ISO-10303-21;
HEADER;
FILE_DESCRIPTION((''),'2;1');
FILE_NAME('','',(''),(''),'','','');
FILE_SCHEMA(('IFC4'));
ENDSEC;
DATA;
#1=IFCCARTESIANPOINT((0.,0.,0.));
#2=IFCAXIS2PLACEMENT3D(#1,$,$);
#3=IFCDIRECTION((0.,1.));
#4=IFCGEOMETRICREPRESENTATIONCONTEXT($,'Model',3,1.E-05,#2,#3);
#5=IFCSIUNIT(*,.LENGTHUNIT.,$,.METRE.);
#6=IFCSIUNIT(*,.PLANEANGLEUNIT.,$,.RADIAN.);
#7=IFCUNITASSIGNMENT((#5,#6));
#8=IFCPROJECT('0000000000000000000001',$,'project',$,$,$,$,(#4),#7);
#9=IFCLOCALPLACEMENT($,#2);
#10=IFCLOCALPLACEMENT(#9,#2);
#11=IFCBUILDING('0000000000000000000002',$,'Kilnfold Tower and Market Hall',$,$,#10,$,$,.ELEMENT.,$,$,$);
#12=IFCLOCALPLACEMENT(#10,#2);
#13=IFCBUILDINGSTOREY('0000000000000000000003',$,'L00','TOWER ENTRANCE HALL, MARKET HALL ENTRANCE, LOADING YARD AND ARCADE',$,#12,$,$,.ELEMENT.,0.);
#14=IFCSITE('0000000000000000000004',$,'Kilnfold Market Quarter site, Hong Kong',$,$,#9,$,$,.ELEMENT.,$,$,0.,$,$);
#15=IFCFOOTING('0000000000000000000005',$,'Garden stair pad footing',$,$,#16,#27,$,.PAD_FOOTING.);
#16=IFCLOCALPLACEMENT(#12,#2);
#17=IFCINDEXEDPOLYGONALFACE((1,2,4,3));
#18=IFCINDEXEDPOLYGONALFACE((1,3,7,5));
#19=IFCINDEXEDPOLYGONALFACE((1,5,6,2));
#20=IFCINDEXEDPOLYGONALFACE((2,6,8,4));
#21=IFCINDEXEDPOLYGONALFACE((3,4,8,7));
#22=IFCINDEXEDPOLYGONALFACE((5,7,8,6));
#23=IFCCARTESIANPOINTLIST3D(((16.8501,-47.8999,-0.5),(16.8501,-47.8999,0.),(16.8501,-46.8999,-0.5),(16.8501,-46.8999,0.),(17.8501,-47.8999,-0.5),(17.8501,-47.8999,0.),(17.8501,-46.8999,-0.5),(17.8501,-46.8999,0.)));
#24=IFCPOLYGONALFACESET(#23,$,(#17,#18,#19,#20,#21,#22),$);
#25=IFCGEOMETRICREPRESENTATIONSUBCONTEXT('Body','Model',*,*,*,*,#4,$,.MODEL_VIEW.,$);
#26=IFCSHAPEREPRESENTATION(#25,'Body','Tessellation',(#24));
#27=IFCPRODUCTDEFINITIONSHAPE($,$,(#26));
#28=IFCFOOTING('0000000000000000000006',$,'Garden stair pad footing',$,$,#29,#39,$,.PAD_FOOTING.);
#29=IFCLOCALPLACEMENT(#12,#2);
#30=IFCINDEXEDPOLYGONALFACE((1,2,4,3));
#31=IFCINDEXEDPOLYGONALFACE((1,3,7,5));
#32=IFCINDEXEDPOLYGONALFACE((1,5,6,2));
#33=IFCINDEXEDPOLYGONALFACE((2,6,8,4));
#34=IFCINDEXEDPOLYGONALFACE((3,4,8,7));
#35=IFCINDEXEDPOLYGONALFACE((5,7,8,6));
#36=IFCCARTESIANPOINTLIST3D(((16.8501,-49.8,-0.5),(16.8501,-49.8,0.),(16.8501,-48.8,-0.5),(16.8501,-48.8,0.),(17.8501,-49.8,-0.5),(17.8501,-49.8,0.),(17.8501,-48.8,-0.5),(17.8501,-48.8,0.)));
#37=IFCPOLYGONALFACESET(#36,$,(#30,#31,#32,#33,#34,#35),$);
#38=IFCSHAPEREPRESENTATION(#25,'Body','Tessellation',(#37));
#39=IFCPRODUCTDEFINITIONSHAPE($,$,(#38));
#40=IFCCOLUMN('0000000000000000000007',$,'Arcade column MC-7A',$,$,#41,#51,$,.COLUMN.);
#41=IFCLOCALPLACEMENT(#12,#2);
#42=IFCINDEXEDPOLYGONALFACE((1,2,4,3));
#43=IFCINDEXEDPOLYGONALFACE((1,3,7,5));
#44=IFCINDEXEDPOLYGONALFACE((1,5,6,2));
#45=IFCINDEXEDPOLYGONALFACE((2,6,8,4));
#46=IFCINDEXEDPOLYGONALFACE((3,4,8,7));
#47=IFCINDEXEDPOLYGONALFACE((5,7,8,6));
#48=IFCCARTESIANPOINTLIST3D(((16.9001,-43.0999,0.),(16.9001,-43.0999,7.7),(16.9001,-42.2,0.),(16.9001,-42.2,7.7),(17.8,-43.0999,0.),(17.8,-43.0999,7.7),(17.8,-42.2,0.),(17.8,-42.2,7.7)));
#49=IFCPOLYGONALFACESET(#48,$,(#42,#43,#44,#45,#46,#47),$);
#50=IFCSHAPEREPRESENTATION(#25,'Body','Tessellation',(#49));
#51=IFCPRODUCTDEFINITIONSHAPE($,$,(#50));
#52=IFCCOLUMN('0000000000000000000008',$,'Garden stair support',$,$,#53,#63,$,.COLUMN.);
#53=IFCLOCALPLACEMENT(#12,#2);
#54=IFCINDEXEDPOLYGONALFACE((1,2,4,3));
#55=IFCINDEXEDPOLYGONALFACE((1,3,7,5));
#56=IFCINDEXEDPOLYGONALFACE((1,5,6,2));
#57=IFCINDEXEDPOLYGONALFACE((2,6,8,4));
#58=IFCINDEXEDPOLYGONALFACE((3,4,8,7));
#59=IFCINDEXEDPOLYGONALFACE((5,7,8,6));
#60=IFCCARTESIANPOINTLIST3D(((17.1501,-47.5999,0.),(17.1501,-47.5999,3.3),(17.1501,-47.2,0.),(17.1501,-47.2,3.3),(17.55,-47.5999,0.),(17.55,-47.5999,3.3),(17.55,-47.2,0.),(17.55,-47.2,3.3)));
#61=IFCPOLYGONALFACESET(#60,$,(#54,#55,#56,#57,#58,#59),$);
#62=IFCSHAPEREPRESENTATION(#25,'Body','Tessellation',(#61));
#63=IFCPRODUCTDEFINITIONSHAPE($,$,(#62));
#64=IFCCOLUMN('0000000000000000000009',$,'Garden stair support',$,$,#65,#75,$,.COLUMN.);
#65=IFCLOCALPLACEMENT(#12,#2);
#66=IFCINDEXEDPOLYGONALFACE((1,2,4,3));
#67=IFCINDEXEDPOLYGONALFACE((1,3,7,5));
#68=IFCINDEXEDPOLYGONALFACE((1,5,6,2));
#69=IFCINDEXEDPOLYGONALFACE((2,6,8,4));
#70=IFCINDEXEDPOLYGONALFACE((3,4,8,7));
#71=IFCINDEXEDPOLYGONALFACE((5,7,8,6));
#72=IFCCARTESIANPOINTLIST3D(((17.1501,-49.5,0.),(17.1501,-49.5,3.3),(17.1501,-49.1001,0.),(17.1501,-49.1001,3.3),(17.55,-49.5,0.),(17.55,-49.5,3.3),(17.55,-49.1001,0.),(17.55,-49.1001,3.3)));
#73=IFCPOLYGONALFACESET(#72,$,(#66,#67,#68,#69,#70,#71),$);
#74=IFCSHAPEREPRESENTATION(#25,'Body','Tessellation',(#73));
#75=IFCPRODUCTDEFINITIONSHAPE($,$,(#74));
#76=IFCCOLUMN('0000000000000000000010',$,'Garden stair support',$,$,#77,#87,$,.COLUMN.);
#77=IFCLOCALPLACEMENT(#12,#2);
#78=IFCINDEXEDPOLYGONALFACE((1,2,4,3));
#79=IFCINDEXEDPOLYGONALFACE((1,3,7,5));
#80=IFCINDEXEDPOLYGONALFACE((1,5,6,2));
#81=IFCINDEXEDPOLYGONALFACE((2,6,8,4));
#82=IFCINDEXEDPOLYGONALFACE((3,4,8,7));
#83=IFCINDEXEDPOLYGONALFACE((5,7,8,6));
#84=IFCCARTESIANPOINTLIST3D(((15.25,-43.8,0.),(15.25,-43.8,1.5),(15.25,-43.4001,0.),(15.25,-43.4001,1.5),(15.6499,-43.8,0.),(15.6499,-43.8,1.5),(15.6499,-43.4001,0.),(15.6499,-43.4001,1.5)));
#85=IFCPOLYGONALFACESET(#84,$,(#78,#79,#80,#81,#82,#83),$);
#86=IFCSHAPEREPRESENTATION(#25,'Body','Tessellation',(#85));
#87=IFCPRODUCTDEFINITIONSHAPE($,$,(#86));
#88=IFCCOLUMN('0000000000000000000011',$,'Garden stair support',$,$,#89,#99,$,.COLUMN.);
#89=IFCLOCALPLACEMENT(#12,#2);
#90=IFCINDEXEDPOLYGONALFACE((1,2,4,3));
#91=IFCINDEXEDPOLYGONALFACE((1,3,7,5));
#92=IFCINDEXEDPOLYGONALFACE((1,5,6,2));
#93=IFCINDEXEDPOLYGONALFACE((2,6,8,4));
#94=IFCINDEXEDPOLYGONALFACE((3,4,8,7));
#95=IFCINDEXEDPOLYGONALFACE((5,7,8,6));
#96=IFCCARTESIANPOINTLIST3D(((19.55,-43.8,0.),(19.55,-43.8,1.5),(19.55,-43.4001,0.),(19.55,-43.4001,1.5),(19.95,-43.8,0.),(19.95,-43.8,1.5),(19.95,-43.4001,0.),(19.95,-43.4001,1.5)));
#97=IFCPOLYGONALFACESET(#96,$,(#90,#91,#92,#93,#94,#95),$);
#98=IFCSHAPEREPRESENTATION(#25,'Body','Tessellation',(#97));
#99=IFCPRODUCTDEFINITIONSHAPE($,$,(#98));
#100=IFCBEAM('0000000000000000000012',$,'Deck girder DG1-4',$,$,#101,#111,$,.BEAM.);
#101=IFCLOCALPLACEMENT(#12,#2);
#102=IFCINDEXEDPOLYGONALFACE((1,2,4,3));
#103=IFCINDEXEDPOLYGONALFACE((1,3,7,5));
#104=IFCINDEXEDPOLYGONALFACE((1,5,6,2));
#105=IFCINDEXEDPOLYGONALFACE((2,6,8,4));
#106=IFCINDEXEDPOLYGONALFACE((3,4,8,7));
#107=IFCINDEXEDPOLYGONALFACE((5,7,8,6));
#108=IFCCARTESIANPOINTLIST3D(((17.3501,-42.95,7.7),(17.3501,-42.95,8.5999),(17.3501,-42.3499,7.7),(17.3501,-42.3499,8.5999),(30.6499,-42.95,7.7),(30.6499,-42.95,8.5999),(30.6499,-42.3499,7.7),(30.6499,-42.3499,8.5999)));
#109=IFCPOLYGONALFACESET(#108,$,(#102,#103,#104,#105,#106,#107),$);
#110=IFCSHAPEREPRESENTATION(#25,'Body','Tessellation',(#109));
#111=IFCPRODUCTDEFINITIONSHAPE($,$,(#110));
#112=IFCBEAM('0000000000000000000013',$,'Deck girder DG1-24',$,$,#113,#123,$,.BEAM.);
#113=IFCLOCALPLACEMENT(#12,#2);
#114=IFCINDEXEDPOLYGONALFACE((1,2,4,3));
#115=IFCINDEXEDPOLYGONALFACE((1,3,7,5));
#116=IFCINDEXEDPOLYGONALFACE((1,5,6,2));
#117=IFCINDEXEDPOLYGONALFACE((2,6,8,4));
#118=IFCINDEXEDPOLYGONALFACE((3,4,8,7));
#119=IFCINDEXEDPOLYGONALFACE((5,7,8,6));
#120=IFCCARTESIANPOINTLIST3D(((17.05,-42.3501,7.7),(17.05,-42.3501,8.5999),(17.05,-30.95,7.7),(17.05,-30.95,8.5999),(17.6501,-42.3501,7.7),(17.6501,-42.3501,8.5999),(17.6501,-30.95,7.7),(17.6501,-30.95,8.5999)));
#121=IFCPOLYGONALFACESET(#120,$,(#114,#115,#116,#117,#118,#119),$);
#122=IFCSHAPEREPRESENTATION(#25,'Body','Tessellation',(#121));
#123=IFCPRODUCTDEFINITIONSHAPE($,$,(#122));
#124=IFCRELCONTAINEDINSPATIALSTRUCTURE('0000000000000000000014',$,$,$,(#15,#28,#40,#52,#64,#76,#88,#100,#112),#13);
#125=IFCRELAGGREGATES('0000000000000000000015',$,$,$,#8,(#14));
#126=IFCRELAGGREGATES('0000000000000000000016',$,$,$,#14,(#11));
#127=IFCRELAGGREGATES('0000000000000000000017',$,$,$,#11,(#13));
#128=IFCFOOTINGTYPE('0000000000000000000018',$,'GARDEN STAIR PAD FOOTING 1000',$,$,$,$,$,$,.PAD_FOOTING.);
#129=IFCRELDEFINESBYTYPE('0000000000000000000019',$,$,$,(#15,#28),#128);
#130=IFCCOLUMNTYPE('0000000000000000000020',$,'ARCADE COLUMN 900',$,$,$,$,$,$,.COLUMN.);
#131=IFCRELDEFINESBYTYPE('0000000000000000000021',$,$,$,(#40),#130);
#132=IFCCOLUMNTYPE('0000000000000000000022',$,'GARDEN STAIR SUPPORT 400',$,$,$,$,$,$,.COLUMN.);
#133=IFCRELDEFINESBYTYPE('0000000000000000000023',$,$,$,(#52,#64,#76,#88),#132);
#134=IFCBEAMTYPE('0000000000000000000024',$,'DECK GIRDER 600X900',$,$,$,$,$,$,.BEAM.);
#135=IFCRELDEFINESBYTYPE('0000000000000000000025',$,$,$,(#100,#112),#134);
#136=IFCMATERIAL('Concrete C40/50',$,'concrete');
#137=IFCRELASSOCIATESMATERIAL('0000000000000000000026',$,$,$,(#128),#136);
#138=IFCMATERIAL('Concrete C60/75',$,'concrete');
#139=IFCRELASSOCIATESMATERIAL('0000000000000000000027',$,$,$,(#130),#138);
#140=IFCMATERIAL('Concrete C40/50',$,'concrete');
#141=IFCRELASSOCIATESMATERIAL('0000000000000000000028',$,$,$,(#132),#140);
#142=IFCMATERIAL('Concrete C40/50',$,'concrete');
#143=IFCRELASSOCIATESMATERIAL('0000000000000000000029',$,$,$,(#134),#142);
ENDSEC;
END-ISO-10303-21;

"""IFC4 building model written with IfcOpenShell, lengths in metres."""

from ifc_helpers import new_model, si_unit, direction, frame, origin, origin_2d, place, context, subcontext, project, spatial, rectangle, extrude, source, transform, mapped, material, material_profile, profile_set, type_object, element, save


model = new_model("IFC4")

# Units and contexts
model_context = context("Model", 3, precision=1e-05, world=origin(), true_north=direction((0.0, 1.0)))
body_context = subcontext(model_context, "Body", "Model", "MODEL_VIEW")
ifc_project = project(units=[si_unit("LENGTHUNIT", "METRE"), si_unit("PLANEANGLEUNIT", "RADIAN")], contexts=[model_context])

# Site, building, storey
site_placement = place(None, origin())
site = spatial("IfcSite", under=ifc_project, at=site_placement, Name="Kilnfold Market Quarter site, Hong Kong", CompositionType="ELEMENT", RefElevation=0.0)
building_placement = place(site_placement, origin())
building = spatial("IfcBuilding", under=site, at=building_placement, Name="Kilnfold Tower and Market Hall", CompositionType="ELEMENT")
storey_placement = place(building_placement, origin())
storey = spatial("IfcBuildingStorey", under=building, at=storey_placement, Name="L00", Description="TOWER ENTRANCE HALL, MARKET HALL ENTRANCE, LOADING YARD AND ARCADE", CompositionType="ELEMENT", Elevation=0.0)

# Footings
ifc_material_1 = material(Name="Concrete C40/50", Category="concrete")
footing_type = type_object("IfcFootingType", Name="GARDEN STAIR PAD FOOTING 1000", PredefinedType="PAD_FOOTING", material=ifc_material_1)
shared_shape_1 = source(origin(), body_context, "Body", "SweptSolid", [
    extrude(rectangle(XDim=1.0, YDim=1.0, at=origin_2d()), origin(), (0.0, 0.0, 1.0), 0.5),
])
for number, where, z_axis, x_axis, name in (
    (1, (17.3501, -47.3999, -0.5), (0.0, 0.0, 1.0), (1.0, 0.0, 0.0), "Garden stair pad footing"),
    (2, (17.3501, -49.3, -0.5), (0.0, 0.0, 1.0), (1.0, 0.0, 0.0), "Garden stair pad footing"),
):
    element("IfcFooting", number, at=place(storey_placement, frame(where, z_axis=z_axis, x_axis=x_axis)), inside=storey, type_object=footing_type, Name=name, PredefinedType="PAD_FOOTING", context=body_context, shape_type="MappedRepresentation", body=[
        mapped(shared_shape_1, transform((0.0, 0.0, 0.0))),
    ])

# Columns
ifc_material_2 = material(Name="Concrete C60/75", Category="concrete")
ifc_material_profile_1 = material_profile(ifc_material_2, rectangle(XDim=0.8999, YDim=0.8999, at=origin_2d()), Name="RC 900x900")
ifc_profile_set_1 = profile_set([ifc_material_profile_1], Name="Concrete C60/75")
column_type_1 = type_object("IfcColumnType", Name="ARCADE COLUMN 900", PredefinedType="COLUMN", material=ifc_profile_set_1)
shared_shape_2 = source(origin(), body_context, "Body", "SweptSolid", [
    extrude(rectangle(XDim=0.8999, YDim=0.8999, at=origin_2d()), origin(), (0.0, 0.0, 1.0), 7.7),
])
column_placement = place(storey_placement, frame((17.3501, -42.6499, 0.0), z_axis=(0.0, 0.0, 1.0), x_axis=(1.0, 0.0, 0.0)))
element("IfcColumn", 3, at=column_placement, inside=storey, type_object=column_type_1, Name="Arcade column MC-7A", PredefinedType="COLUMN", context=body_context, shape_type="MappedRepresentation", body=[
    mapped(shared_shape_2, transform((0.0, 0.0, 0.0))),
])
ifc_material_3 = material(Name="Concrete C40/50", Category="concrete")
ifc_material_profile_2 = material_profile(ifc_material_3, rectangle(XDim=0.3999, YDim=0.3999, at=origin_2d()), Name="RC 400x400")
ifc_profile_set_2 = profile_set([ifc_material_profile_2], Name="Concrete C40/50")
column_type_2 = type_object("IfcColumnType", Name="GARDEN STAIR SUPPORT 400", PredefinedType="COLUMN", material=ifc_profile_set_2)
shared_shape_3 = source(origin(), body_context, "Body", "SweptSolid", [
    extrude(rectangle(XDim=0.3999, YDim=0.3999, at=origin_2d()), origin(), (0.0, 0.0, 1.0), 3.3),
])
for number, where, z_axis, x_axis, name in (
    (4, (17.3501, -47.3999, 0.0), (0.0, 0.0, 1.0), (1.0, 0.0, 0.0), "Garden stair support"),
    (5, (17.3501, -49.3, 0.0), (0.0, 0.0, 1.0), (1.0, 0.0, 0.0), "Garden stair support"),
):
    element("IfcColumn", number, at=place(storey_placement, frame(where, z_axis=z_axis, x_axis=x_axis)), inside=storey, type_object=column_type_2, Name=name, PredefinedType="COLUMN", context=body_context, shape_type="MappedRepresentation", body=[
        mapped(shared_shape_3, transform((0.0, 0.0, 0.0))),
    ])
shared_shape_4 = source(origin(), body_context, "Body", "SweptSolid", [
    extrude(rectangle(XDim=0.3999, YDim=0.3999, at=origin_2d()), origin(), (0.0, 0.0, 1.0), 1.5),
])
for number, where, z_axis, x_axis, name in (
    (6, (15.45, -43.6001, 0.0), (0.0, 0.0, 1.0), (1.0, 0.0, 0.0), "Garden stair support"),
    (7, (19.75, -43.6001, 0.0), (0.0, 0.0, 1.0), (1.0, 0.0, 0.0), "Garden stair support"),
):
    element("IfcColumn", number, at=place(storey_placement, frame(where, z_axis=z_axis, x_axis=x_axis)), inside=storey, type_object=column_type_2, Name=name, PredefinedType="COLUMN", context=body_context, shape_type="MappedRepresentation", body=[
        mapped(shared_shape_4, transform((0.0, 0.0, 0.0))),
    ])

# Beams
ifc_material_4 = material(Name="Concrete C40/50", Category="concrete")
ifc_material_profile_3 = material_profile(ifc_material_4, rectangle(XDim=0.6001, YDim=0.8999, at=origin_2d()), Name="RC 600x900")
ifc_profile_set_3 = profile_set([ifc_material_profile_3], Name="Concrete C40/50")
beam_type = type_object("IfcBeamType", Name="DECK GIRDER 600X900", PredefinedType="BEAM", material=ifc_profile_set_3)
shared_shape_5 = source(origin(), body_context, "Body", "SweptSolid", [
    extrude(rectangle(XDim=0.6001, YDim=0.8999, at=origin_2d()), origin(), (0.0, 0.0, 1.0), 13.2998),
])
beam_1_placement = place(storey_placement, frame((17.3501, -42.6499, 8.1499), z_axis=(1.0, 0.0, 0.0), x_axis=(0.0, 1.0, 0.0)))
element("IfcBeam", 8, at=beam_1_placement, inside=storey, type_object=beam_type, Name="Deck girder DG1-4", PredefinedType="BEAM", context=body_context, shape_type="MappedRepresentation", body=[
    mapped(shared_shape_5, transform((0.0, 0.0, 0.0))),
])
shared_shape_6 = source(origin(), body_context, "Body", "SweptSolid", [
    extrude(rectangle(XDim=0.6001, YDim=0.8999, at=origin_2d()), origin(), (0.0, 0.0, 1.0), 11.4001),
])
beam_2_placement = place(storey_placement, frame((17.3501, -42.3501, 8.1499), z_axis=(0.0, 1.0, 0.0), x_axis=(-1.0, 0.0, 0.0)))
element("IfcBeam", 9, at=beam_2_placement, inside=storey, type_object=beam_type, Name="Deck girder DG1-24", PredefinedType="BEAM", context=body_context, shape_type="MappedRepresentation", body=[
    mapped(shared_shape_6, transform((0.0, 0.0, 0.0))),
])

save(model, "model.ifc")
